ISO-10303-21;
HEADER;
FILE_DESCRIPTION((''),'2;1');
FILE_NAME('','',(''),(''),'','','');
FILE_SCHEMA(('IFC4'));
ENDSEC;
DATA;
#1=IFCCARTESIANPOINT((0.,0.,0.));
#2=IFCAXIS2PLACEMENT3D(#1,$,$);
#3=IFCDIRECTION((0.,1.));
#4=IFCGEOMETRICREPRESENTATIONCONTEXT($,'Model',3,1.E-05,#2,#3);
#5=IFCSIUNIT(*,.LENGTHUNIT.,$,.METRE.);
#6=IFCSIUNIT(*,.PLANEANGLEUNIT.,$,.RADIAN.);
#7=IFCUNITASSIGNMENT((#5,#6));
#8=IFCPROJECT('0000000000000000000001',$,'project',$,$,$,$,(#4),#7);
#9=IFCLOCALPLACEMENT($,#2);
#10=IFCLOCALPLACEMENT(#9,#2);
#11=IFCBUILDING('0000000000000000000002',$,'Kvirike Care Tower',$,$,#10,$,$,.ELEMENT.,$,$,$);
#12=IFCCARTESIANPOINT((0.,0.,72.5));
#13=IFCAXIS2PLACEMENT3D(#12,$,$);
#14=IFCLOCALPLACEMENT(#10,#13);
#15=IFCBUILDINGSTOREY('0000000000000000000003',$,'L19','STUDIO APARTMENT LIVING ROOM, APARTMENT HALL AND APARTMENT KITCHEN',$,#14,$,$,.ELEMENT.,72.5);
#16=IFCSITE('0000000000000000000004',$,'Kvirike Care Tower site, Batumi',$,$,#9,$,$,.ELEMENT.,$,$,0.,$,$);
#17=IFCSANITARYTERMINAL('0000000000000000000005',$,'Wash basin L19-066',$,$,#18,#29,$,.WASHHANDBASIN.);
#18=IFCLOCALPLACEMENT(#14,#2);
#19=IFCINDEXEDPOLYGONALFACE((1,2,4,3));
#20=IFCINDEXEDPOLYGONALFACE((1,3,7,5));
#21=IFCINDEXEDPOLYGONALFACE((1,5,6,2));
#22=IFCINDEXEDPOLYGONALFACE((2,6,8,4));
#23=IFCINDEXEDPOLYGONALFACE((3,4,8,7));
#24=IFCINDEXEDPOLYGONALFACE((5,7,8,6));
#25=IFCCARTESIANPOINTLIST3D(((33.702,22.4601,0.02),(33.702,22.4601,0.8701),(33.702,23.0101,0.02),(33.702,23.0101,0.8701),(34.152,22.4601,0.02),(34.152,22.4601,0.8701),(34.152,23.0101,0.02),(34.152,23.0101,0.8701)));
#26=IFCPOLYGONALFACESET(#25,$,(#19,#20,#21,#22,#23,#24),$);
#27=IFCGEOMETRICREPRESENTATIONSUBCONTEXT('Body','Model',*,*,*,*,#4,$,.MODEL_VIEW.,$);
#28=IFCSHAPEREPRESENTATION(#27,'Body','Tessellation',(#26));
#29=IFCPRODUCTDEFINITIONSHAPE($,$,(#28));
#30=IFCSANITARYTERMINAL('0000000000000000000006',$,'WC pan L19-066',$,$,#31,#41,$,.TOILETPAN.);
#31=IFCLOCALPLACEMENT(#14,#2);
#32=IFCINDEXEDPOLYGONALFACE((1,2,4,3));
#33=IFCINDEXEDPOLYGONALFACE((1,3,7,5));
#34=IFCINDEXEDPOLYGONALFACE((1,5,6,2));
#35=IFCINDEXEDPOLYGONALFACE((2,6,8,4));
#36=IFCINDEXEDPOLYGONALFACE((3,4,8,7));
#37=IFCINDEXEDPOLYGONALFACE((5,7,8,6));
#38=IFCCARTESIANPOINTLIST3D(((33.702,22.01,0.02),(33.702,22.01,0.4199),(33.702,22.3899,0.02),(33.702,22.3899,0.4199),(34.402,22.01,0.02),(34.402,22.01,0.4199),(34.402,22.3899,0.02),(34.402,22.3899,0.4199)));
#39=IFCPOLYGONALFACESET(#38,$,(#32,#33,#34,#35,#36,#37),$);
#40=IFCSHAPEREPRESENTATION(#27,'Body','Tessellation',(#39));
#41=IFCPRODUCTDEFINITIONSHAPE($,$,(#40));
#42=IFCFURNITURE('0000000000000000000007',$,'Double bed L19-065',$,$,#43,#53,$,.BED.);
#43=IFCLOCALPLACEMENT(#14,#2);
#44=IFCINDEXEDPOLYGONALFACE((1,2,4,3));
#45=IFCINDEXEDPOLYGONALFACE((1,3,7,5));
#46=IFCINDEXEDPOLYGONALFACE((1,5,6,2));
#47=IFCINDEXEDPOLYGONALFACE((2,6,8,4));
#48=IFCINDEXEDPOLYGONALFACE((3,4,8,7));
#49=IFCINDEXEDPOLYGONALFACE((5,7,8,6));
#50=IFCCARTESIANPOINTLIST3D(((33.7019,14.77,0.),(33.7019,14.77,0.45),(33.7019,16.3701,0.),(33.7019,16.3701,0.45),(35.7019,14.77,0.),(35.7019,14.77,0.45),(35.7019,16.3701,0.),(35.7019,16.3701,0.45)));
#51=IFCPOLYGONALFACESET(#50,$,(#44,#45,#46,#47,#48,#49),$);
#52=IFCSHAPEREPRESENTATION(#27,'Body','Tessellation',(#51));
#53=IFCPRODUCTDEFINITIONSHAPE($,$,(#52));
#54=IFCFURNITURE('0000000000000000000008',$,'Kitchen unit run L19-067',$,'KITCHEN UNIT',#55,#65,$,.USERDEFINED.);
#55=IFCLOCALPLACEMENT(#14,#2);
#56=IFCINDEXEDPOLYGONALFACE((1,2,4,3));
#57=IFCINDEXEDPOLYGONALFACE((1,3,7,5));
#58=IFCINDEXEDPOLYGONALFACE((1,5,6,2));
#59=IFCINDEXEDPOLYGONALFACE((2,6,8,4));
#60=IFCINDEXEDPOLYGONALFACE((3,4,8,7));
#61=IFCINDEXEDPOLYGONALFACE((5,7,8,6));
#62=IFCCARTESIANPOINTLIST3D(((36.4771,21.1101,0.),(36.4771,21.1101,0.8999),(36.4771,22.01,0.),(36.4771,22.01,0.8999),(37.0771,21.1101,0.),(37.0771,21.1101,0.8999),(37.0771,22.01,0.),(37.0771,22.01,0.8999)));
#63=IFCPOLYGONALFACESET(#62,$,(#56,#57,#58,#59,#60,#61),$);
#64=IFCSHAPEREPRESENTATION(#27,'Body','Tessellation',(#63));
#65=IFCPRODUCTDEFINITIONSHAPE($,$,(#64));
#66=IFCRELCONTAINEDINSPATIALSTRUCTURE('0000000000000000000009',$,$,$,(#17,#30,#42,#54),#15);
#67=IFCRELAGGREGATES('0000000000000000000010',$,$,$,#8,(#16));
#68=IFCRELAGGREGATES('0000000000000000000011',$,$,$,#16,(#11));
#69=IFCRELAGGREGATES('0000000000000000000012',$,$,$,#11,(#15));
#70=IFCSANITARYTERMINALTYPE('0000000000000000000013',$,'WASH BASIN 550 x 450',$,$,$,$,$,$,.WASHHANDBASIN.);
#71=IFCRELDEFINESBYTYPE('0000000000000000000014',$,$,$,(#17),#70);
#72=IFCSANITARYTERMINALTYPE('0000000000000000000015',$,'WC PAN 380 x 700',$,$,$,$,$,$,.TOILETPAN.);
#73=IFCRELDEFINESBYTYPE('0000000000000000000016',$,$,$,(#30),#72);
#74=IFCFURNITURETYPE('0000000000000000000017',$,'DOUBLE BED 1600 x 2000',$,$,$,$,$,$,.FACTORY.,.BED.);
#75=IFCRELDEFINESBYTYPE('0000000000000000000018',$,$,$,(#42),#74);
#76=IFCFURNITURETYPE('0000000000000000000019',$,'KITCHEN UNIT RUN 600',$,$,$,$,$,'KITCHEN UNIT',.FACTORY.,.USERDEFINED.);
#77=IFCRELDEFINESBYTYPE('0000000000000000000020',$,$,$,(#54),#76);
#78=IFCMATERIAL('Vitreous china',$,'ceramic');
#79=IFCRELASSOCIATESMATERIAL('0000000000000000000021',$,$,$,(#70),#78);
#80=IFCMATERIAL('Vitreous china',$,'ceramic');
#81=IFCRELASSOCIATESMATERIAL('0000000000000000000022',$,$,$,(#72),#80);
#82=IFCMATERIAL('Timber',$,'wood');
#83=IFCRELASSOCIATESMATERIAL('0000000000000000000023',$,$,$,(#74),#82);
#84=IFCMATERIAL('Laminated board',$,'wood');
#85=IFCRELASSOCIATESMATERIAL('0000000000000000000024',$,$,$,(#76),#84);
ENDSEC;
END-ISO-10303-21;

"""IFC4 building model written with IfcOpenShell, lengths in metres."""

from ifc_helpers import new_model, si_unit, direction, frame, origin, origin_2d, place, context, subcontext, project, spatial, rectangle, extrude, material, type_object, element, save


model = new_model("IFC4")

# Units and contexts
model_context = context("Model", 3, precision=1e-05, world=origin(), true_north=direction((0.0, 1.0)))
body_context = subcontext(model_context, "Body", "Model", "MODEL_VIEW")
ifc_project = project(units=[si_unit("LENGTHUNIT", "METRE"), si_unit("PLANEANGLEUNIT", "RADIAN")], contexts=[model_context])

# Site, building, storey
site_placement = place(None, origin())
site = spatial("IfcSite", under=ifc_project, at=site_placement, Name="Kvirike Care Tower site, Batumi", CompositionType="ELEMENT", RefElevation=0.0)
building_placement = place(site_placement, origin())
building = spatial("IfcBuilding", under=site, at=building_placement, Name="Kvirike Care Tower", CompositionType="ELEMENT")
storey_placement = place(building_placement, frame((0.0, 0.0, 72.5)))
storey = spatial("IfcBuildingStorey", under=building, at=storey_placement, Name="L19", Description="STUDIO APARTMENT LIVING ROOM, APARTMENT HALL AND APARTMENT KITCHEN", CompositionType="ELEMENT", Elevation=72.5)

# Sanitary terminals
ifc_material_1 = material(Name="Vitreous china", Category="ceramic")
sanitary_terminal_type_1 = type_object("IfcSanitaryTerminalType", Name="WASH BASIN 550 x 450", PredefinedType="WASHHANDBASIN", material=ifc_material_1)
sanitary_terminal_1_placement = place(storey_placement, frame((33.927, 22.7351, 0.02), z_axis=(0.0, 0.0, 1.0), x_axis=(0.0, 1.0, 0.0)))
element("IfcSanitaryTerminal", 1, at=sanitary_terminal_1_placement, inside=storey, type_object=sanitary_terminal_type_1, Name="Wash basin L19-066", PredefinedType="WASHHANDBASIN", context=body_context, shape_type="SweptSolid", body=[
    extrude(rectangle(XDim=0.55, YDim=0.45, at=origin_2d()), origin(), (0.0, 0.0, 1.0), 0.8501),
])
ifc_material_2 = material(Name="Vitreous china", Category="ceramic")
sanitary_terminal_type_2 = type_object("IfcSanitaryTerminalType", Name="WC PAN 380 x 700", PredefinedType="TOILETPAN", material=ifc_material_2)
sanitary_terminal_2_placement = place(storey_placement, frame((34.052, 22.2, 0.02), z_axis=(0.0, 0.0, 1.0), x_axis=(0.0, 1.0, 0.0)))
element("IfcSanitaryTerminal", 2, at=sanitary_terminal_2_placement, inside=storey, type_object=sanitary_terminal_type_2, Name="WC pan L19-066", PredefinedType="TOILETPAN", context=body_context, shape_type="SweptSolid", body=[
    extrude(rectangle(XDim=0.3799, YDim=0.7, at=origin_2d()), origin(), (0.0, 0.0, 1.0), 0.3999),
])

# Furniture
ifc_material_3 = material(Name="Timber", Category="wood")
furniture_type_1 = type_object("IfcFurnitureType", Name="DOUBLE BED 1600 x 2000", AssemblyPlace="FACTORY", PredefinedType="BED", material=ifc_material_3)
furniture_1_placement = place(storey_placement, frame((34.7019, 15.5701, 0.0), z_axis=(0.0, 0.0, 1.0), x_axis=(0.0, 1.0, 0.0)))
element("IfcFurniture", 3, at=furniture_1_placement, inside=storey, type_object=furniture_type_1, Name="Double bed L19-065", PredefinedType="BED", context=body_context, shape_type="SweptSolid", body=[
    extrude(rectangle(XDim=1.6001, YDim=2.0, at=origin_2d()), origin(), (0.0, 0.0, 1.0), 0.45),
])
ifc_material_4 = material(Name="Laminated board", Category="wood")
furniture_type_2 = type_object("IfcFurnitureType", Name="KITCHEN UNIT RUN 600", ElementType="KITCHEN UNIT", AssemblyPlace="FACTORY", PredefinedType="USERDEFINED", material=ifc_material_4)
furniture_2_placement = place(storey_placement, frame((36.7771, 21.5601, 0.0), z_axis=(0.0, 0.0, 1.0), x_axis=(0.0, 1.0, 0.0)))
element("IfcFurniture", 4, at=furniture_2_placement, inside=storey, type_object=furniture_type_2, Name="Kitchen unit run L19-067", ObjectType="KITCHEN UNIT", PredefinedType="USERDEFINED", context=body_context, shape_type="SweptSolid", body=[
    extrude(rectangle(XDim=0.8999, YDim=0.6001, at=origin_2d()), origin(), (0.0, 0.0, 1.0), 0.8999),
])

save(model, "model.ifc")
